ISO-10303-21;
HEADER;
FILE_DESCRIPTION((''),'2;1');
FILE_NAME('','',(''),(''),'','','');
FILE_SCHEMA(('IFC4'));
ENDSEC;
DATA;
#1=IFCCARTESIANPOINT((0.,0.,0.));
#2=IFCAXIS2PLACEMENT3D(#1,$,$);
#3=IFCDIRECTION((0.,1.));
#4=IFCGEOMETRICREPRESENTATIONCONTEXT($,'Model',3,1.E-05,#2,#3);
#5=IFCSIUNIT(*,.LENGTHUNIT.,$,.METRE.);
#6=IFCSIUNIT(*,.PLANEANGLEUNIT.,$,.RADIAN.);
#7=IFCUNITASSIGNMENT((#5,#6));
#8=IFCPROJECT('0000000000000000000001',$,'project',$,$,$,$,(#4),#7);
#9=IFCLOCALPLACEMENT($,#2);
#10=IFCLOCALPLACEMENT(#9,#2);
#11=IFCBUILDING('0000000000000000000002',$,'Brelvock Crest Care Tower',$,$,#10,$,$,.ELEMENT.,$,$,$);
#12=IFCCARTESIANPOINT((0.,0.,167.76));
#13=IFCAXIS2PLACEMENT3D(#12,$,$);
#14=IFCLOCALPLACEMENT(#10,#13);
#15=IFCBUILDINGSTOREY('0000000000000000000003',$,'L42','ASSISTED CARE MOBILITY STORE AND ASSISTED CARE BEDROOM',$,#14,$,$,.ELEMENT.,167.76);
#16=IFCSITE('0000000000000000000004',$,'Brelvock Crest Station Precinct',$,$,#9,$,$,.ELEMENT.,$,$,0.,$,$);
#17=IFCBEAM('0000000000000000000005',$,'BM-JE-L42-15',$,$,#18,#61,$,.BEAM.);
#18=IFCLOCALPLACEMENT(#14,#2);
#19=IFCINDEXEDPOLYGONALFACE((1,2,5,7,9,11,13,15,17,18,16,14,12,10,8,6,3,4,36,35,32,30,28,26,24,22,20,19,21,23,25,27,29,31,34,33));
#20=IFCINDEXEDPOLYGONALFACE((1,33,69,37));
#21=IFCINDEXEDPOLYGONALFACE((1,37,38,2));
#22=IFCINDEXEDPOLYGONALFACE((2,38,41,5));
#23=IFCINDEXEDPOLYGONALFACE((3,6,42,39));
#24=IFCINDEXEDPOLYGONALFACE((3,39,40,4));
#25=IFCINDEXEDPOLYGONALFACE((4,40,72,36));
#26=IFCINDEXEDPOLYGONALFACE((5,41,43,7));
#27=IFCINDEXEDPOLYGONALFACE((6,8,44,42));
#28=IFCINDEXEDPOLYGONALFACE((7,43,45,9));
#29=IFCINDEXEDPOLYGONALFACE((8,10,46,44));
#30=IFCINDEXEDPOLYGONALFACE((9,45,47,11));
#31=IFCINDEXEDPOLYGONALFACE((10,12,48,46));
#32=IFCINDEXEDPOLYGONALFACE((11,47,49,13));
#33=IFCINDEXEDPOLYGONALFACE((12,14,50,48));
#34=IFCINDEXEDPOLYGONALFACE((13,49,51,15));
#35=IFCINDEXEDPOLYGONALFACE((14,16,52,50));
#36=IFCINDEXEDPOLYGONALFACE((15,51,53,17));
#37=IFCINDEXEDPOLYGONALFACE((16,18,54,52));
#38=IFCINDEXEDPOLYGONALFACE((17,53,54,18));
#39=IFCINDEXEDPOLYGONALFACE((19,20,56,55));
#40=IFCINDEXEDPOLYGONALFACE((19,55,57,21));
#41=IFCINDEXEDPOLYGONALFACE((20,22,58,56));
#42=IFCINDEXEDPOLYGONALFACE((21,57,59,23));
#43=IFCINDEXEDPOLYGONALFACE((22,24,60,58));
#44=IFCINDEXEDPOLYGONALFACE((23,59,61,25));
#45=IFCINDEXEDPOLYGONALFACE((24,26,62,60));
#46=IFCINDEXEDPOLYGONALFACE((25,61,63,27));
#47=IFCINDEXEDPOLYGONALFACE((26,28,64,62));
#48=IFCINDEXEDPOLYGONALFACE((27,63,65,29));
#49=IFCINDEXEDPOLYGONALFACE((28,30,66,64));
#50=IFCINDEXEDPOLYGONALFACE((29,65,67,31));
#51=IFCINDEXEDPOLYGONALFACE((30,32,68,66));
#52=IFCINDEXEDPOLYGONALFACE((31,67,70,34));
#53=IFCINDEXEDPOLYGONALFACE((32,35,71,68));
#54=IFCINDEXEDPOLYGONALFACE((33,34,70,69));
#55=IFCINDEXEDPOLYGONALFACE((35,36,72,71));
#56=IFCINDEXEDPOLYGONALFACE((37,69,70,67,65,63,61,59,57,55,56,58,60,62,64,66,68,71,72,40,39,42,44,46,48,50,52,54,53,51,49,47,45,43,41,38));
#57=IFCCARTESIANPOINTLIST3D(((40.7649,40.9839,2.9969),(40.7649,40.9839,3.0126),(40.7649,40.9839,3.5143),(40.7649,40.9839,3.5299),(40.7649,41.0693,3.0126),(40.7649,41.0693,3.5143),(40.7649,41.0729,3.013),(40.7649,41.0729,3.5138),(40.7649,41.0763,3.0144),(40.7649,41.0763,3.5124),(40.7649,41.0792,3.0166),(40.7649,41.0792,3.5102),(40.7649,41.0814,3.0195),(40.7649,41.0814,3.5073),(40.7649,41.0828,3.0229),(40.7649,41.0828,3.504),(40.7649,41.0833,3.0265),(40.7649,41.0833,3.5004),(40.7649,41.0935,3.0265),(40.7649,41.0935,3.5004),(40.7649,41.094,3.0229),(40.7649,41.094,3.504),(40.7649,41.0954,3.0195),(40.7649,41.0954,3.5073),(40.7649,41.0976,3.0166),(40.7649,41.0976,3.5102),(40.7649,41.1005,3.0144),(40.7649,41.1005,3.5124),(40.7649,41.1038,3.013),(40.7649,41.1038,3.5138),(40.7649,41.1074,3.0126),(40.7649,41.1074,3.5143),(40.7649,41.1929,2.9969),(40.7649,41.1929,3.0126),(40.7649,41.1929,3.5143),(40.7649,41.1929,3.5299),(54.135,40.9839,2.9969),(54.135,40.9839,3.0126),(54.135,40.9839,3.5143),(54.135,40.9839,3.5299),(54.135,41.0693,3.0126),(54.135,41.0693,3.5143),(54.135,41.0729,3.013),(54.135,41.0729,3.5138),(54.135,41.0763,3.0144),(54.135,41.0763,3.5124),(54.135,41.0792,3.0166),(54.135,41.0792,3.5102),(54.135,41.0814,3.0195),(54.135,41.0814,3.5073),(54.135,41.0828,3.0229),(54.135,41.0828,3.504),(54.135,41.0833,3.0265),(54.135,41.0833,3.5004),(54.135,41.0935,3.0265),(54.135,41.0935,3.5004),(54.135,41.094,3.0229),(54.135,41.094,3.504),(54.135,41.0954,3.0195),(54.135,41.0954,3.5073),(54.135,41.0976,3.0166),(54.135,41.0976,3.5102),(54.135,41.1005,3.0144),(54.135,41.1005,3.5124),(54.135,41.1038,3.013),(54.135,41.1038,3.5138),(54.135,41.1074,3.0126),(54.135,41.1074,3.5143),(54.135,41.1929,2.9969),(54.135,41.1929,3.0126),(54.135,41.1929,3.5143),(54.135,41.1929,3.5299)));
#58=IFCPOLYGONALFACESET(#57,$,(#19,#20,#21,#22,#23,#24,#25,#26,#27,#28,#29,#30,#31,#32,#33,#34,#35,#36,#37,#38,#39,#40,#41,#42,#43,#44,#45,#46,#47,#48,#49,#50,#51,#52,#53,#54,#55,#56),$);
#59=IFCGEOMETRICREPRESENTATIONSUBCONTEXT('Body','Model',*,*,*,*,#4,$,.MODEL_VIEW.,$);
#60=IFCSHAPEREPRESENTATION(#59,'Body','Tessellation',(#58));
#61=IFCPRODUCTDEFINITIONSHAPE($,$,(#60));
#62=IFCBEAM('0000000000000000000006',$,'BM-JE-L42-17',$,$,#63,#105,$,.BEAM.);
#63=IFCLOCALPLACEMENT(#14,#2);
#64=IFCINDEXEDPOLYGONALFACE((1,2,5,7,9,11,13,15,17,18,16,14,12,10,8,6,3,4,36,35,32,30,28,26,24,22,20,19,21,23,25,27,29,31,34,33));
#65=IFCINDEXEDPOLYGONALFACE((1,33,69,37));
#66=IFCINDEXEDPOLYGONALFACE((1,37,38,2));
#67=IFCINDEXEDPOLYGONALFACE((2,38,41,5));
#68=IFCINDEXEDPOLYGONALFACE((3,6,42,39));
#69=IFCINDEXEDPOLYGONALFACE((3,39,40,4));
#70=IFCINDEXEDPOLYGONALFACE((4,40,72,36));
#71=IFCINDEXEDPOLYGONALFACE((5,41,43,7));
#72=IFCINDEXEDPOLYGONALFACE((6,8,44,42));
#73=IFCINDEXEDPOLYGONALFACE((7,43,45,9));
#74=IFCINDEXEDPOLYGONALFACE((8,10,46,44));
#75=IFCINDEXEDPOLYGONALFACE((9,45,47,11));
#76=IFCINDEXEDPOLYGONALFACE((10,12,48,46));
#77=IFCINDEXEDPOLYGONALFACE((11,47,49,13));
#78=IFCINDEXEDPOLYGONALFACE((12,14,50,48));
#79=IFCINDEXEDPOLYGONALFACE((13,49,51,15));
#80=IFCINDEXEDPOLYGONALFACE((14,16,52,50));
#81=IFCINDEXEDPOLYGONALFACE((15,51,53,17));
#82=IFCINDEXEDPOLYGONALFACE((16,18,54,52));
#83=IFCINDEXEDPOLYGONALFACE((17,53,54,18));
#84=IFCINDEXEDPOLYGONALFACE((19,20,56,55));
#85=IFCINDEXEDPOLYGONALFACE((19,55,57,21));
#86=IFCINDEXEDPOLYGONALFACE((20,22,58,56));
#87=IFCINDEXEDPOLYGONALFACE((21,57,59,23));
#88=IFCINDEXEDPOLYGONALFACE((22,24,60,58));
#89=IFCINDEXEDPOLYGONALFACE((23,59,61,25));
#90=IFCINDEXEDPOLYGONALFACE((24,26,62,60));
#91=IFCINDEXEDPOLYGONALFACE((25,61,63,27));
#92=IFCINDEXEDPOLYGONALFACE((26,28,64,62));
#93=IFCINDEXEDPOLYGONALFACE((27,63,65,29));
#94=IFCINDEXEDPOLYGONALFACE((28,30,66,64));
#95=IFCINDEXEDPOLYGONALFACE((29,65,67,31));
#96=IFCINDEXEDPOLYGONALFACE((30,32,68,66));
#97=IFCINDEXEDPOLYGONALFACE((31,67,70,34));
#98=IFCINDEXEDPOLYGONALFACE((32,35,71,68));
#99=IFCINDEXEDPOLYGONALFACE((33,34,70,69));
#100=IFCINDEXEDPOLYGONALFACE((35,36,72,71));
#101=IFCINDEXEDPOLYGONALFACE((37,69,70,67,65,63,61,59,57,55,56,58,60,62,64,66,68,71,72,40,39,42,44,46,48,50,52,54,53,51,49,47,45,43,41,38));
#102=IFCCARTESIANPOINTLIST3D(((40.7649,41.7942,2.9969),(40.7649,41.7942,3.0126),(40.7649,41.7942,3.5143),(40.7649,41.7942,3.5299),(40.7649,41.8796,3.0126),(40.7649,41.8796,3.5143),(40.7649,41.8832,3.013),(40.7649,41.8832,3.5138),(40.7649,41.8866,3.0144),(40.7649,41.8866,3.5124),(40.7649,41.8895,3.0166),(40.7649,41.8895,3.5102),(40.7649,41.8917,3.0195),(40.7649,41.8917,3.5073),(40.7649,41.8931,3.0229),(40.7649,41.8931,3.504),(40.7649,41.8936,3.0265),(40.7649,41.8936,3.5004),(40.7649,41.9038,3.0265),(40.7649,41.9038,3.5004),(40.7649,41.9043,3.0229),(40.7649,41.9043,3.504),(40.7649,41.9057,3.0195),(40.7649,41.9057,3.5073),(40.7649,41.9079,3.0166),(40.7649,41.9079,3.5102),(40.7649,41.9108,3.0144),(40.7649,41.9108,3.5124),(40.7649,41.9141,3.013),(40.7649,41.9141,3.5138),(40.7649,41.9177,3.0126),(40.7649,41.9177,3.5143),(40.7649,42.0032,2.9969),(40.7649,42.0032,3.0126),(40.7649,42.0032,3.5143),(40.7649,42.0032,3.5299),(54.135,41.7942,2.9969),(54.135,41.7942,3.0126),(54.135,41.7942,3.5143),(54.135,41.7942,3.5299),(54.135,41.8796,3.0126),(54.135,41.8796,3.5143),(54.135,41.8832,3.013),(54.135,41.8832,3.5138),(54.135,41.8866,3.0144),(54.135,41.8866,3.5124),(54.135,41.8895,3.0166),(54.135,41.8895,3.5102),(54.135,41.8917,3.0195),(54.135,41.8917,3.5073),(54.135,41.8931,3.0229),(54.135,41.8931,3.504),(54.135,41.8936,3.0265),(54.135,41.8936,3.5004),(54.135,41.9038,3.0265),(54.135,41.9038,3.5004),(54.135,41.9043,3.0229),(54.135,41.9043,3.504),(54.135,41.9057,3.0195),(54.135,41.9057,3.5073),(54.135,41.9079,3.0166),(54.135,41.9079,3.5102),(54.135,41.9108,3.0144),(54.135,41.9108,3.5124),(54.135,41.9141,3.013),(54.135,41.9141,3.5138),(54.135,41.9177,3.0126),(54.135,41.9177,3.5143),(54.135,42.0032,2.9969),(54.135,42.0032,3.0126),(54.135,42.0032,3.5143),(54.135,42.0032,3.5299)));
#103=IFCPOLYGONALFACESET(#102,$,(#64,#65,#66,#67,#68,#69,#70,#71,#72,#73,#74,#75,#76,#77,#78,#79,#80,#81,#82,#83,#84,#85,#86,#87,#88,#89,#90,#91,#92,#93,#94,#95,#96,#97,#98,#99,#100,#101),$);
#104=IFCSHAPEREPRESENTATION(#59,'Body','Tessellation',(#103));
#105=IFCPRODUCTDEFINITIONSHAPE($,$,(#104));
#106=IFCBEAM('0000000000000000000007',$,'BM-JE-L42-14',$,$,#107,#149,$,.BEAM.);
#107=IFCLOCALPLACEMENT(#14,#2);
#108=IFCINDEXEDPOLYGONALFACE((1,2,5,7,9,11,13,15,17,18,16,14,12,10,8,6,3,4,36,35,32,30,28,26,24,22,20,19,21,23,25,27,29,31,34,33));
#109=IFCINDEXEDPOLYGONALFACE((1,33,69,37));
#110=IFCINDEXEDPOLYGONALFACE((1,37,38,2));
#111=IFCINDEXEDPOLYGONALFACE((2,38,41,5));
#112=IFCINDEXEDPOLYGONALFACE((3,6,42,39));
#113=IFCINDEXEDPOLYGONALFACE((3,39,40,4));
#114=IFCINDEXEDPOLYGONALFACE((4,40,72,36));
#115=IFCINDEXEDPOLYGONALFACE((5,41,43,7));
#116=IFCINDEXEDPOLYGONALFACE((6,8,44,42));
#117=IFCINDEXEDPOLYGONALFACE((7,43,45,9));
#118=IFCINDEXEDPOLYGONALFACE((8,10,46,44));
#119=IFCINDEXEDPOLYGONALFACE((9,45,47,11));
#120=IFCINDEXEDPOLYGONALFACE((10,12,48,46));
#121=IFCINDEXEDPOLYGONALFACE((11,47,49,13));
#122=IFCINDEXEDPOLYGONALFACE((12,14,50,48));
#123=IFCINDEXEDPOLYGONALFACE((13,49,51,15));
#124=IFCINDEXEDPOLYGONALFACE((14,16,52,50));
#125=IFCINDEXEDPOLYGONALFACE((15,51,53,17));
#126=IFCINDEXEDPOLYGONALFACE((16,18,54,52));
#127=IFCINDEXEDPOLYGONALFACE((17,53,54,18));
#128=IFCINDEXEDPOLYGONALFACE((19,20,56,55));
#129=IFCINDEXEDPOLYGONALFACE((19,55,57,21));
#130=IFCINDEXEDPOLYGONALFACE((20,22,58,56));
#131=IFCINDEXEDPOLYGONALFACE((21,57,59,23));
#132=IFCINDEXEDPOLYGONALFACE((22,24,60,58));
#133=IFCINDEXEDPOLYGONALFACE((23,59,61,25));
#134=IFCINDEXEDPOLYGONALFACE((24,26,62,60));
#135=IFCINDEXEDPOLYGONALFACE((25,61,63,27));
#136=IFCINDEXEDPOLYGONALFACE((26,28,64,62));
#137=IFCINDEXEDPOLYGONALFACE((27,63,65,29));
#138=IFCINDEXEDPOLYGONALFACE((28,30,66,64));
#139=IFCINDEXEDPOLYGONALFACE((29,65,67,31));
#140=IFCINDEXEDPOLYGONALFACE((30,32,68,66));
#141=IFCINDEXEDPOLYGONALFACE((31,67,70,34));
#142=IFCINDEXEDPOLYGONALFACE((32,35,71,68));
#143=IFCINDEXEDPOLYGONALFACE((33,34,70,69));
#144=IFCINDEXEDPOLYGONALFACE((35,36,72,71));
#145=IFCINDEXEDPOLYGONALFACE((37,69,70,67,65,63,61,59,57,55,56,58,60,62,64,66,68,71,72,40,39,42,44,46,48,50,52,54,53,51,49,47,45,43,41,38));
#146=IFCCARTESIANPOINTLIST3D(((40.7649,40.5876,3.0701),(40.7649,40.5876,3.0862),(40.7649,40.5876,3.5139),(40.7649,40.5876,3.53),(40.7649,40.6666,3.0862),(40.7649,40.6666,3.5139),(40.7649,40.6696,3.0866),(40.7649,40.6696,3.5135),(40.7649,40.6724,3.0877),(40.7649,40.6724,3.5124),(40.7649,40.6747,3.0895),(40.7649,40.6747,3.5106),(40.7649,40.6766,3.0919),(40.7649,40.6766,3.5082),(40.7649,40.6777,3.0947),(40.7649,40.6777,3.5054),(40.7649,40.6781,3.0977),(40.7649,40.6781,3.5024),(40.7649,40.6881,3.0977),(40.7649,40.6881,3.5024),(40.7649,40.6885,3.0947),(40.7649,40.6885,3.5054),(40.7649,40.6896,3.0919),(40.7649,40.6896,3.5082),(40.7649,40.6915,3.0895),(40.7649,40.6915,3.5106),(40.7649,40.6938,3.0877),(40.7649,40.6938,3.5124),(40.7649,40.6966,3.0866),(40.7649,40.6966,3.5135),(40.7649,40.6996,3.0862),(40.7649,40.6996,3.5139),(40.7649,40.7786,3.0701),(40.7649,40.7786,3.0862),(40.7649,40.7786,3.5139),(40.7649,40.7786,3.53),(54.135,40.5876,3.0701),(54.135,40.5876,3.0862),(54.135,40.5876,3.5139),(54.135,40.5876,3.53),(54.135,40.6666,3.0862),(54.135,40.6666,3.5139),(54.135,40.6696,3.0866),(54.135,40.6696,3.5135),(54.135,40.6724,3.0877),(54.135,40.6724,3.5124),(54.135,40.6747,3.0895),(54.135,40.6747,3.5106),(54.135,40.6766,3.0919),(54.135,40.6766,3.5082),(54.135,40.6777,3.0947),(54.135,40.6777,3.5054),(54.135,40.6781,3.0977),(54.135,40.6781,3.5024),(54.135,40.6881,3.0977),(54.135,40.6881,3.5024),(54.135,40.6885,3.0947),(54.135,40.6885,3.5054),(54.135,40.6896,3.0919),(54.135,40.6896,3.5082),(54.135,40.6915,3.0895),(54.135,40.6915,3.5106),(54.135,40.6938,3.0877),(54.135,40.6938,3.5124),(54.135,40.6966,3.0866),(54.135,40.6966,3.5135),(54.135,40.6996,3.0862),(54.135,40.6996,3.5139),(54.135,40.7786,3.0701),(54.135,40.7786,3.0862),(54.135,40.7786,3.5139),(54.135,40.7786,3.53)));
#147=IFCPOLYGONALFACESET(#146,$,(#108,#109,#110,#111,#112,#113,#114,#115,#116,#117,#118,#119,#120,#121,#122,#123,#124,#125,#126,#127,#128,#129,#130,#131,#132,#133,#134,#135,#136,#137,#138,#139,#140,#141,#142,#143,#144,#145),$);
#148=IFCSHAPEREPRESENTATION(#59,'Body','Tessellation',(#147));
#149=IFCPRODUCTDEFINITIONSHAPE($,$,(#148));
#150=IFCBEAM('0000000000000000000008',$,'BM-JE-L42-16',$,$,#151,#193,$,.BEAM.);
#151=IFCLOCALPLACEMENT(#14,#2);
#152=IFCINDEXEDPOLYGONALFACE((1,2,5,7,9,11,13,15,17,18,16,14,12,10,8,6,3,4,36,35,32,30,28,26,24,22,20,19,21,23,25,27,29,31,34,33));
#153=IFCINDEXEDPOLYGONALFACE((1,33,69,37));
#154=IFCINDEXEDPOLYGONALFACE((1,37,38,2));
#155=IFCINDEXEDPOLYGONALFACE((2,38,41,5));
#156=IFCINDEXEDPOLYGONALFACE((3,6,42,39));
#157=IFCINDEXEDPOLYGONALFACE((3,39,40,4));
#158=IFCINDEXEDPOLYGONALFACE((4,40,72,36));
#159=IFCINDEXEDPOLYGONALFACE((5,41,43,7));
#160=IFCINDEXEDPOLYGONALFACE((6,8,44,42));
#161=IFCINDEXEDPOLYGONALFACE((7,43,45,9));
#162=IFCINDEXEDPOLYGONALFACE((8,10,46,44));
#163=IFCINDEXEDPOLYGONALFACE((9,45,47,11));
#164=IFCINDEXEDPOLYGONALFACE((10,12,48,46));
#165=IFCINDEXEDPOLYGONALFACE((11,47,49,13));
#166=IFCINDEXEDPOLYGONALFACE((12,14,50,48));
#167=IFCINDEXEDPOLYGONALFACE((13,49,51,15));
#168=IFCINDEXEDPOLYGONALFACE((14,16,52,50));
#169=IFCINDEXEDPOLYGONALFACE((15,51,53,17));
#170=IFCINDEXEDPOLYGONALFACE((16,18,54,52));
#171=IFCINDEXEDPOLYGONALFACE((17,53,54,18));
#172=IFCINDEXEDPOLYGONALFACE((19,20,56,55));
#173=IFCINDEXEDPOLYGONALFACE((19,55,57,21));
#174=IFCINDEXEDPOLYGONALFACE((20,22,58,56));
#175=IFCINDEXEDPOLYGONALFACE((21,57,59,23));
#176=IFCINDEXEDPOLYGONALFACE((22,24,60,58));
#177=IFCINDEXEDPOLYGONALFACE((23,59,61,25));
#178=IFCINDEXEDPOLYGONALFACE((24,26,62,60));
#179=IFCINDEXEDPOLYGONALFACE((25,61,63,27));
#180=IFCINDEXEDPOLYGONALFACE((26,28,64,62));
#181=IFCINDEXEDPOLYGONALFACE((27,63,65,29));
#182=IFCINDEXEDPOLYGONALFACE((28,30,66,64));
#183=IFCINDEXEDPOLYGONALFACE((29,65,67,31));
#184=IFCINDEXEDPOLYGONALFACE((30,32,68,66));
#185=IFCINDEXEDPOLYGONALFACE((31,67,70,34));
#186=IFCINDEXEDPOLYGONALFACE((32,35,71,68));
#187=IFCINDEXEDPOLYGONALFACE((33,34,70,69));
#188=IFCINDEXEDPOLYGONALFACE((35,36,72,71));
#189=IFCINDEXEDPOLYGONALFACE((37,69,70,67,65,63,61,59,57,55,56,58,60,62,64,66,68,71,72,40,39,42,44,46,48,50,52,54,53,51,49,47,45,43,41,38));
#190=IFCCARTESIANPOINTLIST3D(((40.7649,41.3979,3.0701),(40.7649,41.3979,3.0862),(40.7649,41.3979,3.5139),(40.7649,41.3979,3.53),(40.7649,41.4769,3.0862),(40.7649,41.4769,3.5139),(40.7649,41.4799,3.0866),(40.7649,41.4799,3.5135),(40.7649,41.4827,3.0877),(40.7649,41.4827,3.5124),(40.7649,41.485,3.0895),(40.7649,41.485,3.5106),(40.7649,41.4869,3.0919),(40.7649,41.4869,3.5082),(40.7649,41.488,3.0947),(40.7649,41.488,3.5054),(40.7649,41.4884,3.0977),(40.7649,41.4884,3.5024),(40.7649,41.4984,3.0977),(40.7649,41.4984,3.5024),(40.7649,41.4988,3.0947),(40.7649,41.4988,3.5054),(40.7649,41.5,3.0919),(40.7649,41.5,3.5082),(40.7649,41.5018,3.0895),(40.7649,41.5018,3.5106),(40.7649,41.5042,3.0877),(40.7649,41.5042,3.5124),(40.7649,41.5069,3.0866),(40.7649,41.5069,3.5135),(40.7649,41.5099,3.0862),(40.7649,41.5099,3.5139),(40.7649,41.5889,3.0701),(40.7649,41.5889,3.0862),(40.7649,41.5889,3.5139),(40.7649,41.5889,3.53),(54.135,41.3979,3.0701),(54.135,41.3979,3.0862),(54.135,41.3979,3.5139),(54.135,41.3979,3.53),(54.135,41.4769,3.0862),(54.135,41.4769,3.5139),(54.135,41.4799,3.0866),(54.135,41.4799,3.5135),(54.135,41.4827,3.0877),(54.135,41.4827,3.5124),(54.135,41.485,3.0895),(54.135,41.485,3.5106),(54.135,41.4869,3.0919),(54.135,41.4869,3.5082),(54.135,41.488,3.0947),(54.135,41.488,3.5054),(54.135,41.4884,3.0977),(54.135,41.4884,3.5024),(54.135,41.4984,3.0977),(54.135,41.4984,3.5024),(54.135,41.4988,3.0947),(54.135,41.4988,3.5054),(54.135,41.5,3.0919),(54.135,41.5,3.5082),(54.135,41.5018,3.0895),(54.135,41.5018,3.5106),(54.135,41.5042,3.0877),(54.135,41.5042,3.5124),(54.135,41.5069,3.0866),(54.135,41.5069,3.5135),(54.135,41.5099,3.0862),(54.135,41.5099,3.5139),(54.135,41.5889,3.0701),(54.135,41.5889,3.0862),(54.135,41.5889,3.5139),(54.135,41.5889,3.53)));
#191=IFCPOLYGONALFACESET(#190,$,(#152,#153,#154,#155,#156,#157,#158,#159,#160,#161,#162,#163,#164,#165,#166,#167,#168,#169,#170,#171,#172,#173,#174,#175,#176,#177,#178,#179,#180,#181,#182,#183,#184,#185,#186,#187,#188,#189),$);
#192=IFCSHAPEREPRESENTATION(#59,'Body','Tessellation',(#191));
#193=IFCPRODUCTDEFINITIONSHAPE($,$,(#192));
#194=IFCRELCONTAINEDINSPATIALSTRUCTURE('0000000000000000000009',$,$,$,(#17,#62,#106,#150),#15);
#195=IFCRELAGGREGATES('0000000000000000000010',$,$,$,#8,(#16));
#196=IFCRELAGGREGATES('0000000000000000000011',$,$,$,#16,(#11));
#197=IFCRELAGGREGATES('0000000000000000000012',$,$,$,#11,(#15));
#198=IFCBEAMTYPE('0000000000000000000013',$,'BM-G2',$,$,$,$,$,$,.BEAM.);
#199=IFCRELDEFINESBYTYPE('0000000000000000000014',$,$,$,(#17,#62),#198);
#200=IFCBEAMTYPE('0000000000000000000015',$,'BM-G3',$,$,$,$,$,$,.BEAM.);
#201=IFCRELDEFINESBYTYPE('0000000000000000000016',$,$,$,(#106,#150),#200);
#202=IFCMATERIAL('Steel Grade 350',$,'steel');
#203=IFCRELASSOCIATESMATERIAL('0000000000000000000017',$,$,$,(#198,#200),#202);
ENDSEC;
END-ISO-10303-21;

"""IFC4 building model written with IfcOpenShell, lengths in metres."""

from ifc_helpers import new_model, si_unit, direction, frame, origin, origin_2d, place, context, subcontext, project, spatial, i_section, extrude, source, transform, mapped, material, material_profile, profile_set, type_object, element, save


model = new_model("IFC4")

# Units and contexts
model_context = context("Model", 3, precision=1e-05, world=origin(), true_north=direction((0.0, 1.0)))
body_context = subcontext(model_context, "Body", "Model", "MODEL_VIEW")
ifc_project = project(units=[si_unit("LENGTHUNIT", "METRE"), si_unit("PLANEANGLEUNIT", "RADIAN")], contexts=[model_context])

# Site, building, storey
site_placement = place(None, origin())
site = spatial("IfcSite", under=ifc_project, at=site_placement, Name="Brelvock Crest Station Precinct", CompositionType="ELEMENT", RefElevation=0.0)
building_placement = place(site_placement, origin())
building = spatial("IfcBuilding", under=site, at=building_placement, Name="Brelvock Crest Care Tower", CompositionType="ELEMENT")
storey_placement = place(building_placement, frame((0.0, 0.0, 167.76)))
storey = spatial("IfcBuildingStorey", under=building, at=storey_placement, Name="L42", Description="ASSISTED CARE MOBILITY STORE AND ASSISTED CARE BEDROOM", CompositionType="ELEMENT", Elevation=167.76)

# Beams
ifc_material_1 = material(Name="Steel Grade 350", Category="steel")
ifc_material_profile_1 = material_profile(ifc_material_1, i_section(OverallWidth=0.209, OverallDepth=0.533, WebThickness=0.0103, FlangeThickness=0.0156, FilletRadius=0.0139, at=origin_2d()), Name="530UB92.4")
ifc_profile_set_1 = profile_set([ifc_material_profile_1], Name="Steel Grade 350")
beam_type_1 = type_object("IfcBeamType", Name="BM-G2", PredefinedType="BEAM", material=ifc_profile_set_1)
shared_shape_1 = source(origin(), body_context, "Body", "SweptSolid", [
    extrude(i_section(OverallWidth=0.209, OverallDepth=0.533, WebThickness=0.0103, FlangeThickness=0.0156, FilletRadius=0.0139, at=origin_2d()), origin(), (0.0, 0.0, 1.0), 13.3701),
])
for number, where, z_axis, x_axis, name in (
    (1, (40.7649, 41.0884, 3.2634), (1.0, 0.0, 0.0), (0.0, 1.0, 0.0), "BM-JE-L42-15"),
    (2, (40.7649, 41.8987, 3.2634), (1.0, 0.0, 0.0), (0.0, 1.0, 0.0), "BM-JE-L42-17"),
):
    element("IfcBeam", number, at=place(storey_placement, frame(where, z_axis=z_axis, x_axis=x_axis)), inside=storey, type_object=beam_type_1, Name=name, PredefinedType="BEAM", context=body_context, shape_type="MappedRepresentation", body=[
        mapped(shared_shape_1, transform((0.0, 0.0, 0.0), x_axis=(1.0, 0.0, 0.0), y_axis=(0.0, 1.0, 0.0), z_axis=(0.0, 0.0, 1.0), scale=1.0)),
    ])
ifc_material_profile_2 = material_profile(ifc_material_1, i_section(OverallWidth=0.1909, OverallDepth=0.46, WebThickness=0.01, FlangeThickness=0.0161, FilletRadius=0.0115, at=origin_2d()), Name="460UB82.1")
ifc_profile_set_2 = profile_set([ifc_material_profile_2], Name="Steel Grade 350")
beam_type_2 = type_object("IfcBeamType", Name="BM-G3", PredefinedType="BEAM", material=ifc_profile_set_2)
shared_shape_2 = source(origin(), body_context, "Body", "SweptSolid", [
    extrude(i_section(OverallWidth=0.1909, OverallDepth=0.46, WebThickness=0.01, FlangeThickness=0.0161, FilletRadius=0.0115, at=origin_2d()), origin(), (0.0, 0.0, 1.0), 13.3701),
])
for number, where, z_axis, x_axis, name in (
    (3, (40.7649, 40.6831, 3.3), (1.0, 0.0, 0.0), (0.0, 1.0, 0.0), "BM-JE-L42-14"),
    (4, (40.7649, 41.4934, 3.3), (1.0, 0.0, 0.0), (0.0, 1.0, 0.0), "BM-JE-L42-16"),
):
    element("IfcBeam", number, at=place(storey_placement, frame(where, z_axis=z_axis, x_axis=x_axis)), inside=storey, type_object=beam_type_2, Name=name, PredefinedType="BEAM", context=body_context, shape_type="MappedRepresentation", body=[
        mapped(shared_shape_2, transform((0.0, 0.0, 0.0), x_axis=(1.0, 0.0, 0.0), y_axis=(0.0, 1.0, 0.0), z_axis=(0.0, 0.0, 1.0), scale=1.0)),
    ])

save(model, "model.ifc")
